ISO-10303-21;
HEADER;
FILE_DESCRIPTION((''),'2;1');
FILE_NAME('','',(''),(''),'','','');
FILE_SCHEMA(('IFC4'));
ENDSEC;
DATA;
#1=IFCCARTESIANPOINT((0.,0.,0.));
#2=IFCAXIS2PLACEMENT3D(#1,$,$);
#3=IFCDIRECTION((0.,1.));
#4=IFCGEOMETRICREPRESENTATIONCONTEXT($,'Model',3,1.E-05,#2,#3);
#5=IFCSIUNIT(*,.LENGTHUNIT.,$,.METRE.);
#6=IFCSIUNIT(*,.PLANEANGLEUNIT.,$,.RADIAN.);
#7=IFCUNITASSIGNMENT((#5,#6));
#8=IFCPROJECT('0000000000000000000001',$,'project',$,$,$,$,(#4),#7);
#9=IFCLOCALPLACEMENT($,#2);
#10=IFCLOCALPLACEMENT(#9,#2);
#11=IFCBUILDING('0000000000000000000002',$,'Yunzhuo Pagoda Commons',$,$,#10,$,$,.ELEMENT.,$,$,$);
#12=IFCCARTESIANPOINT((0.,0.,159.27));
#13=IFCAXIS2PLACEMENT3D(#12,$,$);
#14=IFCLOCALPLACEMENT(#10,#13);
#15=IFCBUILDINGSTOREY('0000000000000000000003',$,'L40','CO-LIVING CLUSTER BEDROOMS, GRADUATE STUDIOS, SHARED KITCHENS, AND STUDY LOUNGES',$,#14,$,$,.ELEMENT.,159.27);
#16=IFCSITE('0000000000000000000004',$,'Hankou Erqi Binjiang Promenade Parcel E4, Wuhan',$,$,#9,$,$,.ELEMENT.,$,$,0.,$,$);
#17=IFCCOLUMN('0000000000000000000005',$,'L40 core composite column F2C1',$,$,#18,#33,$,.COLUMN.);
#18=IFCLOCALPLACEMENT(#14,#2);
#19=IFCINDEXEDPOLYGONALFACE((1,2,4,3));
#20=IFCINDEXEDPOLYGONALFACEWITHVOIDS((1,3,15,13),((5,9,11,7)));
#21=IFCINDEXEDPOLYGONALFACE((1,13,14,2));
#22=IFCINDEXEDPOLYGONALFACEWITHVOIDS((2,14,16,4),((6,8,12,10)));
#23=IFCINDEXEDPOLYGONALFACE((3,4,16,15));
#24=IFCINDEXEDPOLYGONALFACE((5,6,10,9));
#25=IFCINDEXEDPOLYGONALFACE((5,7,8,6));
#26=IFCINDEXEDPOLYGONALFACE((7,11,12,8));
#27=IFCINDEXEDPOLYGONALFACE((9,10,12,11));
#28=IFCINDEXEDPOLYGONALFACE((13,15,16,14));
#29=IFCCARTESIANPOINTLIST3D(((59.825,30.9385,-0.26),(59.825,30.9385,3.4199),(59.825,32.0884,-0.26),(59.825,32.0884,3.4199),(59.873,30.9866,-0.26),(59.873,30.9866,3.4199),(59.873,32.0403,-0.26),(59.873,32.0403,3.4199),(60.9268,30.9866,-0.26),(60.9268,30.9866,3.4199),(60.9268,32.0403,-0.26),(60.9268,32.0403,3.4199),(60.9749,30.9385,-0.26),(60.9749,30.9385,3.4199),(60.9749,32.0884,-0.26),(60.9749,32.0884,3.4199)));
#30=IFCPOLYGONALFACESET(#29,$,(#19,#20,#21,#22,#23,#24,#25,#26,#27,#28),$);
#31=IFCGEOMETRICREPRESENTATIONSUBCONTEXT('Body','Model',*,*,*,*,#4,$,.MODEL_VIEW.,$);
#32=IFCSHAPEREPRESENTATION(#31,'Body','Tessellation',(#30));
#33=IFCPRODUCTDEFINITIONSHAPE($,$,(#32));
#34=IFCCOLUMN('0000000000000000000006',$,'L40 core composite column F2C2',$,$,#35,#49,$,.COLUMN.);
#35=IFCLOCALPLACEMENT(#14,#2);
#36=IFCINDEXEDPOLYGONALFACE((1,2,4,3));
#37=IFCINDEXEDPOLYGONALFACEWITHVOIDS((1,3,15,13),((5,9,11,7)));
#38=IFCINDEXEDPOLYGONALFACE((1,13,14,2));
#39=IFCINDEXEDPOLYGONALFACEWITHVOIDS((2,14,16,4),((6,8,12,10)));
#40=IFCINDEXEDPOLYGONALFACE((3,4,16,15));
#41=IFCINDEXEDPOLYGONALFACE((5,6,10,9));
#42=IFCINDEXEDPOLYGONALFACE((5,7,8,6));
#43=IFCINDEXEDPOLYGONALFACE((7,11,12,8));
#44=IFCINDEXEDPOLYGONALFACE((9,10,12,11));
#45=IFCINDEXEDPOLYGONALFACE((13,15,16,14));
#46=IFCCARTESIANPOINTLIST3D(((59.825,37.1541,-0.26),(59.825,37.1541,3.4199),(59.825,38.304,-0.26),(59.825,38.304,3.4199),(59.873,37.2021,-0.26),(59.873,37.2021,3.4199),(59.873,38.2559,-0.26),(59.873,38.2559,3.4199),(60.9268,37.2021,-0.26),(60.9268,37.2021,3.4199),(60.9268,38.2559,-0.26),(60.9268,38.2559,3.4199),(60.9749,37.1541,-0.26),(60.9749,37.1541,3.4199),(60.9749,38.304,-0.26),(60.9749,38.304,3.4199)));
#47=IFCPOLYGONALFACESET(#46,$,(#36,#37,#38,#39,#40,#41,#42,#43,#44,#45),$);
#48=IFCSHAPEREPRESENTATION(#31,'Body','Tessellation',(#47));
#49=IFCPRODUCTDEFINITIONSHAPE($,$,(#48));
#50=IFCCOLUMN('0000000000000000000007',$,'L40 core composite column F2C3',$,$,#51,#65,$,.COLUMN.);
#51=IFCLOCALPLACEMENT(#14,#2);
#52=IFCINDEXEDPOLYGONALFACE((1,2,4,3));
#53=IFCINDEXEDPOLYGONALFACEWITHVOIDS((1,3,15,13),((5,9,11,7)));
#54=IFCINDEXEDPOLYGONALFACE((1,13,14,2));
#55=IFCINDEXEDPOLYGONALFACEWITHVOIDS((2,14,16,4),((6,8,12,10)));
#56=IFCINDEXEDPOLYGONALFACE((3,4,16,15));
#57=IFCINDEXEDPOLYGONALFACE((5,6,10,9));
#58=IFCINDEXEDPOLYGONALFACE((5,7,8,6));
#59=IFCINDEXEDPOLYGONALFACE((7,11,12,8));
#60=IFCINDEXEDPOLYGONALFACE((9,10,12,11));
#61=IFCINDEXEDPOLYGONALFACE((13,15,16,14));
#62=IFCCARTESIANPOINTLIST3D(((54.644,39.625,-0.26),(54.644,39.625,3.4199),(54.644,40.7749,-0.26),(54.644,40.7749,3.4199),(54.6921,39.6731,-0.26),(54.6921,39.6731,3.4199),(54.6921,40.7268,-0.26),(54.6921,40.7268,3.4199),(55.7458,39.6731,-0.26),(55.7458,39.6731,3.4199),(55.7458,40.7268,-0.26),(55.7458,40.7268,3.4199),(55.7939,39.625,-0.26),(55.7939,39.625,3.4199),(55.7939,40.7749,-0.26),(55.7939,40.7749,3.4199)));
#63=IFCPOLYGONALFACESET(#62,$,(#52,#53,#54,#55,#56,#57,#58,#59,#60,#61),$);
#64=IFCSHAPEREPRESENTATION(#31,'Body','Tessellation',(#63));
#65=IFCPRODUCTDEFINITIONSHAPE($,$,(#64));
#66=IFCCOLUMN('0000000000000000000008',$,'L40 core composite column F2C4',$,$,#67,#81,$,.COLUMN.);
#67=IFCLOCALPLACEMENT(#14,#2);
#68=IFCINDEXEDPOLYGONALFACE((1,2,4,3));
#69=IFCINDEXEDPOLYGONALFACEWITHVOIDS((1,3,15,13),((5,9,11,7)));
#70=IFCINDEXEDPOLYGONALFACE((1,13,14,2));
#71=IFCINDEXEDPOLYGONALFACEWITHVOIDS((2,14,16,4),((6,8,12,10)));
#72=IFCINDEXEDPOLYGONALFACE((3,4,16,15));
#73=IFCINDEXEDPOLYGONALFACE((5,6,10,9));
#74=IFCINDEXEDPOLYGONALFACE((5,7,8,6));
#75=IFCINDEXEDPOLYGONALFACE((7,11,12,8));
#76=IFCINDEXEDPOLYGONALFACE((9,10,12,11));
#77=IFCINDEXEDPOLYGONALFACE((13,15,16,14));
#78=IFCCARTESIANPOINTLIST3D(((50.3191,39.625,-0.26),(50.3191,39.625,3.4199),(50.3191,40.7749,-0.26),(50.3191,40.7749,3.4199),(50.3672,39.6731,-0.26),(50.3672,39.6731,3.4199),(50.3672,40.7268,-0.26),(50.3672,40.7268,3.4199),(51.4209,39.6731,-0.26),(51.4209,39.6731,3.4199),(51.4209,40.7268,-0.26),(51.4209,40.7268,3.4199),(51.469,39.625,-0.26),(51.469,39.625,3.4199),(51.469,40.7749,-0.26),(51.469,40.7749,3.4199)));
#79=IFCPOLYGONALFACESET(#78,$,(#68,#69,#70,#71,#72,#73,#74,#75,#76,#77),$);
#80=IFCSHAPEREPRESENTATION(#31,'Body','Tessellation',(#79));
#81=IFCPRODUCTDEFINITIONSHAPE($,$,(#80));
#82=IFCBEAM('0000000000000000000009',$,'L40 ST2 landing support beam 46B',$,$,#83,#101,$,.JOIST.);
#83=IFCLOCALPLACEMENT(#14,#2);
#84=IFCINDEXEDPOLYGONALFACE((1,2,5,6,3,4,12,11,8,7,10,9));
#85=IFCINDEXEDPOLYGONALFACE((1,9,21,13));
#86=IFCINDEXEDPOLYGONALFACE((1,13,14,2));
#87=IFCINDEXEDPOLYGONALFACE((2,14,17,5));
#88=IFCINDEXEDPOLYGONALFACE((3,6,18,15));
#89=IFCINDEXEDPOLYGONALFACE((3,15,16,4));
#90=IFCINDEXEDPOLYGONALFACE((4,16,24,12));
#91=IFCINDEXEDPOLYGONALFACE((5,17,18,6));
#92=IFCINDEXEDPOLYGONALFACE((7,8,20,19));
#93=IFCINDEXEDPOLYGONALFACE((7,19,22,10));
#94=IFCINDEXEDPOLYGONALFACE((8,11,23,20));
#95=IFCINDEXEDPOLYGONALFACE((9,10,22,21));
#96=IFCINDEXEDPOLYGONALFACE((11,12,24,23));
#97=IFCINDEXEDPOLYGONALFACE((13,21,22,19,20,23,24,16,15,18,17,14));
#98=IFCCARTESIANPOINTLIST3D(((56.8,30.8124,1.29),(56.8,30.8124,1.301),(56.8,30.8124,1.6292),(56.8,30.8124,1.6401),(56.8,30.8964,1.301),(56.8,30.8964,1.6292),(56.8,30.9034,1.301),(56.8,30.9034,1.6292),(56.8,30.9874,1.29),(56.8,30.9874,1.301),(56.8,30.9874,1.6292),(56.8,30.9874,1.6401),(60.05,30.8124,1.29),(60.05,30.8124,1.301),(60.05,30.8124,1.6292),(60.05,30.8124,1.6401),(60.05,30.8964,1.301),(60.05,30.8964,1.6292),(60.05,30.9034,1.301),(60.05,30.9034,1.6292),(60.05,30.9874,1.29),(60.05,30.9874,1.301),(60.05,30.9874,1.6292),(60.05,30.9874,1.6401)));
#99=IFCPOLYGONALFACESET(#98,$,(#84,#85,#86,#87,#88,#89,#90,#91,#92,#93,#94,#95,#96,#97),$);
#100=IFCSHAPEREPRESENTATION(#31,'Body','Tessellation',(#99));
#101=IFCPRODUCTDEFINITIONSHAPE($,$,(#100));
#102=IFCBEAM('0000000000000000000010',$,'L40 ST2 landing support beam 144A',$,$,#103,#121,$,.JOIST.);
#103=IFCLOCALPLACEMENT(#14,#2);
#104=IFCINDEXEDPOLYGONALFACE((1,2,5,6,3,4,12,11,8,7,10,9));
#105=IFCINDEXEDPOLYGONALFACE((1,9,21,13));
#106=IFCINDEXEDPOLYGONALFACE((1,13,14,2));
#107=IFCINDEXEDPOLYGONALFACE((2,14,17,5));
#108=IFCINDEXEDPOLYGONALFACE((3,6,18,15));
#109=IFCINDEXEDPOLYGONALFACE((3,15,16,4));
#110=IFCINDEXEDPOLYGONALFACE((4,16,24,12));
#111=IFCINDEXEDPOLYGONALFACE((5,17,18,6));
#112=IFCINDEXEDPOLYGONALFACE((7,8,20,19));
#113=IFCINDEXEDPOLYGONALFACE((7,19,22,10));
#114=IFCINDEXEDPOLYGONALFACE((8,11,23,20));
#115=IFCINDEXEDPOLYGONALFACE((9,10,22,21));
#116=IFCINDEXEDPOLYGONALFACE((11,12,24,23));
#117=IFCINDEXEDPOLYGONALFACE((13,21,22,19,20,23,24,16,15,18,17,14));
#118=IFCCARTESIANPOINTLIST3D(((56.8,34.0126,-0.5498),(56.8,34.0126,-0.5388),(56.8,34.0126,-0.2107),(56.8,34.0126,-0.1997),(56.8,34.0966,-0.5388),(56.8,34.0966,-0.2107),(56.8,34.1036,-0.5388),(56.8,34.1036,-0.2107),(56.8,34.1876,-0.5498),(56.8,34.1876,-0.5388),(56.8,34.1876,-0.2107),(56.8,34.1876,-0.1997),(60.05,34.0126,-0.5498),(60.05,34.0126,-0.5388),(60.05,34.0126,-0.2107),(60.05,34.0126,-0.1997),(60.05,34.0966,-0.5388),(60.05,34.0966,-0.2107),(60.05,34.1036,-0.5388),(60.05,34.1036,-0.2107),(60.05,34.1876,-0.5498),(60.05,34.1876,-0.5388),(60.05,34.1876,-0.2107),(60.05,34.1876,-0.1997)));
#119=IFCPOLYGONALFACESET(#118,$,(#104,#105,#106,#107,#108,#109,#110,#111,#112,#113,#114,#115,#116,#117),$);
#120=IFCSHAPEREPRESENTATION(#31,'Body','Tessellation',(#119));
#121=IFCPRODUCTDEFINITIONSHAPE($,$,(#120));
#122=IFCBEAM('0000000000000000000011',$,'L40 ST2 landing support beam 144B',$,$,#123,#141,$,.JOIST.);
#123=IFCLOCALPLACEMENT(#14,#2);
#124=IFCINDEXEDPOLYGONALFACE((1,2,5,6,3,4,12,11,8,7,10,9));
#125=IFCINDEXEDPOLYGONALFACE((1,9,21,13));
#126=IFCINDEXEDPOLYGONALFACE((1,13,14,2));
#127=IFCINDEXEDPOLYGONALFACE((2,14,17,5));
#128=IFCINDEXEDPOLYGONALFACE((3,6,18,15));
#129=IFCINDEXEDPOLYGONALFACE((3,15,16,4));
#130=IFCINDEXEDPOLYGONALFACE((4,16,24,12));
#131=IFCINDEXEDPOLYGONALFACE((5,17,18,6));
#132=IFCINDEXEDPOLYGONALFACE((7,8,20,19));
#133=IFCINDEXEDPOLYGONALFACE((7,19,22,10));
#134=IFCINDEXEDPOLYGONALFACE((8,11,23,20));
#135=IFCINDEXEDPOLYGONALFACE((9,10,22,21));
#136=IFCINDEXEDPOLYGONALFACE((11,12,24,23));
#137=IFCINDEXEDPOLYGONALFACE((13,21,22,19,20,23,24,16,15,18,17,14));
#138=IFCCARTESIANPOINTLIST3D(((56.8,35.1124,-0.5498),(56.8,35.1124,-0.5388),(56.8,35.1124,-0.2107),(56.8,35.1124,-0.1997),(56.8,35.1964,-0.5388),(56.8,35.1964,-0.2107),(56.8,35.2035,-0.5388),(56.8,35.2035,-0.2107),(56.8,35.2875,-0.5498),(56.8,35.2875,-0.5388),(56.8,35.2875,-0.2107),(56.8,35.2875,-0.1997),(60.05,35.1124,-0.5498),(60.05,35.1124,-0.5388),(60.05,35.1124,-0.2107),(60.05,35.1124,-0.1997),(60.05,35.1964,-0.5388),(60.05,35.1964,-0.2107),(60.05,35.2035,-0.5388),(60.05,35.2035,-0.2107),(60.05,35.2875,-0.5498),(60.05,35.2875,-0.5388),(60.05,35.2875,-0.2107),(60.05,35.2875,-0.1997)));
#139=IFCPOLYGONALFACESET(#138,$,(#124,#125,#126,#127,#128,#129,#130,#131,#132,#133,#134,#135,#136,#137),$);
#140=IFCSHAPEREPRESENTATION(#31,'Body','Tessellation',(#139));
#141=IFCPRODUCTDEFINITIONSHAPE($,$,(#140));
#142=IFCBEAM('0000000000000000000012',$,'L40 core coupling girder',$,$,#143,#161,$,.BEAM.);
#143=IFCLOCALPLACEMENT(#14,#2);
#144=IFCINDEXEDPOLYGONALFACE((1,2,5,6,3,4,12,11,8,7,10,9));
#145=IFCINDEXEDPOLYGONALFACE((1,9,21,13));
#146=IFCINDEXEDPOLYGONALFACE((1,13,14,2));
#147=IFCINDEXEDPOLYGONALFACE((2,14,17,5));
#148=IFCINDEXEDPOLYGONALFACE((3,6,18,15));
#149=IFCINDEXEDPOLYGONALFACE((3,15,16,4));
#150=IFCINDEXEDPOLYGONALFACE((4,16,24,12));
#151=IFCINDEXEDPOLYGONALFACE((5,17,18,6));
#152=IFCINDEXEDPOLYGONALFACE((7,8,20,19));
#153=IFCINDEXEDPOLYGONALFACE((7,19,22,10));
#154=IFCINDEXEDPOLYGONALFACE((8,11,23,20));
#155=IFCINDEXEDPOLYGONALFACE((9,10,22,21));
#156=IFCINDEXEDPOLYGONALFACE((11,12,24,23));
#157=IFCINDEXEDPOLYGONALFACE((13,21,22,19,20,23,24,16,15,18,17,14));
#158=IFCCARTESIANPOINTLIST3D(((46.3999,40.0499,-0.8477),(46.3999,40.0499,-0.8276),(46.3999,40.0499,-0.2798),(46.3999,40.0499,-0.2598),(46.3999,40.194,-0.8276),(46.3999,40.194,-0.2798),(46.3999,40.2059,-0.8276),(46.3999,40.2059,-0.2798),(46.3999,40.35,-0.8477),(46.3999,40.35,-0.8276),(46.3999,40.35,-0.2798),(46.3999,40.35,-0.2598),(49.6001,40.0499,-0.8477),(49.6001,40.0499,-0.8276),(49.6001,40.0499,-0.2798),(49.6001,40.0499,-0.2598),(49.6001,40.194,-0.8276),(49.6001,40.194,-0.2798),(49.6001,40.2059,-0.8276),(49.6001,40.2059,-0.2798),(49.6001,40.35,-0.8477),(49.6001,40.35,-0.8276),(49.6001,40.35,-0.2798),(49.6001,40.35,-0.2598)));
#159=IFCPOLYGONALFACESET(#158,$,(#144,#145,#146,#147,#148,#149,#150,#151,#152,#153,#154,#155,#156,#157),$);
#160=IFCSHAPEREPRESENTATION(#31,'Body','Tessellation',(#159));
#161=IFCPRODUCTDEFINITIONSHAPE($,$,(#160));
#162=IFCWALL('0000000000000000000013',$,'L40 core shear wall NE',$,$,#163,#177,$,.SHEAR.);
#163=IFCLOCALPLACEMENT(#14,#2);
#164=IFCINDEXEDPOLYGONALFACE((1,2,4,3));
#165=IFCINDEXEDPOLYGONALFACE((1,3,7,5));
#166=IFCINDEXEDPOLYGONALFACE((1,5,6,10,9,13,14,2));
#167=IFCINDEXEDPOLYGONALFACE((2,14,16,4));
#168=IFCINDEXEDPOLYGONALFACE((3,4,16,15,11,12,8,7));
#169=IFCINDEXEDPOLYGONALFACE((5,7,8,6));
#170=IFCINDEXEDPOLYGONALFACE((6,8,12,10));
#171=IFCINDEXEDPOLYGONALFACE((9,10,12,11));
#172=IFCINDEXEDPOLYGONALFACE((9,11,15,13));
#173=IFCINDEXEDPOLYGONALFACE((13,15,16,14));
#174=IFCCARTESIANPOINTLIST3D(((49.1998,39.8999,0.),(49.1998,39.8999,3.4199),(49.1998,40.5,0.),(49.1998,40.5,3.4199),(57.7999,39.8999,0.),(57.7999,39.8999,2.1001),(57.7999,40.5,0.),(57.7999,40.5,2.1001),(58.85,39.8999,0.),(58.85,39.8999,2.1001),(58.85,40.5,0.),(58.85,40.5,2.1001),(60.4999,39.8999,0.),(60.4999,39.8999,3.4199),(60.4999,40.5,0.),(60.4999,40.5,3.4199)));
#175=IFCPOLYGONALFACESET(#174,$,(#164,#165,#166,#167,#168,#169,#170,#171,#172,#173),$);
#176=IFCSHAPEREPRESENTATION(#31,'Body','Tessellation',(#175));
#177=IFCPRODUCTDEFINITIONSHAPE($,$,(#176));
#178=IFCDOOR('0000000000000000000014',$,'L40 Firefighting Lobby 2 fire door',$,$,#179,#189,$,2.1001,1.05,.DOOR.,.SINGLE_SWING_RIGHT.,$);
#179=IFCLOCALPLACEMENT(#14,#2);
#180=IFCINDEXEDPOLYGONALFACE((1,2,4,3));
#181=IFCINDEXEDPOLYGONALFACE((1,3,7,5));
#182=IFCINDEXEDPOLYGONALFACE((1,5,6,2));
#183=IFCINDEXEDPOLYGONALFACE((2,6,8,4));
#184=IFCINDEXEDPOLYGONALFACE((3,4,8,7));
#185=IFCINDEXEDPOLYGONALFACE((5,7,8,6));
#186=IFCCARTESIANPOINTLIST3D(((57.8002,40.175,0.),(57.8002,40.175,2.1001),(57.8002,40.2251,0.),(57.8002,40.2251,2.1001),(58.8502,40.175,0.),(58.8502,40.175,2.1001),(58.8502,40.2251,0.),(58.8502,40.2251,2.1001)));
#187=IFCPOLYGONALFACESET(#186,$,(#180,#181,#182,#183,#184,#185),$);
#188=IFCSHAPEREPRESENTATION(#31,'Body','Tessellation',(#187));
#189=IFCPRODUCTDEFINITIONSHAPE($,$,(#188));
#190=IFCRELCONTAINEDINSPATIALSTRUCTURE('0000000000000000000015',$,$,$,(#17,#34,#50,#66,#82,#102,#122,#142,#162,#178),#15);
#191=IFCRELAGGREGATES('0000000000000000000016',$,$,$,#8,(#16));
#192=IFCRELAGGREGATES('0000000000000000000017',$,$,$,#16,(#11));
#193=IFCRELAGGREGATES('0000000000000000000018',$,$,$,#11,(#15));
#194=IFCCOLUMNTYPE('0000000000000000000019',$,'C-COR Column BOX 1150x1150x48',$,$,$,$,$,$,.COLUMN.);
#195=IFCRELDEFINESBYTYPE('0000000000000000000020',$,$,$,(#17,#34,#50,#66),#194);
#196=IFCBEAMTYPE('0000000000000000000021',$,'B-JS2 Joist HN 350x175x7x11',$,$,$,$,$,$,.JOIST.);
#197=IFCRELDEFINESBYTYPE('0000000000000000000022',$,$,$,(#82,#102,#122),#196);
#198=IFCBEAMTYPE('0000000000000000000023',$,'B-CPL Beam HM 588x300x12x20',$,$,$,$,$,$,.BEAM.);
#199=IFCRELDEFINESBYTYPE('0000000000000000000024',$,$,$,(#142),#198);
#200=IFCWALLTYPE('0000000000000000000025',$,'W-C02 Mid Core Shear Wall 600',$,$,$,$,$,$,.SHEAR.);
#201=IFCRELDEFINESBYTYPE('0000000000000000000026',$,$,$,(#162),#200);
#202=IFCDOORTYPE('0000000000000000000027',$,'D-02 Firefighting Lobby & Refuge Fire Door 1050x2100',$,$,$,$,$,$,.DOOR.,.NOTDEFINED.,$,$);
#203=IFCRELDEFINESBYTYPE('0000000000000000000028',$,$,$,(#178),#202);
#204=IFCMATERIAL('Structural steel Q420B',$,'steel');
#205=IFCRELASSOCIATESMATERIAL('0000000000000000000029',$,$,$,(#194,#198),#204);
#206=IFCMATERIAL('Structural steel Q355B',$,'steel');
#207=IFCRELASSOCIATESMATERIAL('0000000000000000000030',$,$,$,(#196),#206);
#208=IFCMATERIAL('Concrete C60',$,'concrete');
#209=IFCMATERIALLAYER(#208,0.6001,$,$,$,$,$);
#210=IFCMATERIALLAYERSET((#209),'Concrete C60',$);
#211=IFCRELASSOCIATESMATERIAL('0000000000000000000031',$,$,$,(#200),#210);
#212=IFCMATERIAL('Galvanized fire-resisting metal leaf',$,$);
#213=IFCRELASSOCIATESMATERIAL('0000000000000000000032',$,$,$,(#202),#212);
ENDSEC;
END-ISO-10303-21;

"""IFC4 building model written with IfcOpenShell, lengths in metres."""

from ifc_helpers import new_model, si_unit, direction, frame, frame_2d, origin, origin_2d, place, context, subcontext, project, spatial, rectangle, hollow_rectangle, i_section, extrude, source, transform, mapped, material, layer, layer_set, material_profile, profile_set, type_object, element, fill, save


model = new_model("IFC4")

# Units and contexts
model_context = context("Model", 3, precision=1e-05, world=origin(), true_north=direction((0.0, 1.0)))
body_context = subcontext(model_context, "Body", "Model", "MODEL_VIEW")
ifc_project = project(units=[si_unit("LENGTHUNIT", "METRE"), si_unit("PLANEANGLEUNIT", "RADIAN")], contexts=[model_context])

# Site, building, storey
site_placement = place(None, origin())
site = spatial("IfcSite", under=ifc_project, at=site_placement, Name="Hankou Erqi Binjiang Promenade Parcel E4, Wuhan", CompositionType="ELEMENT", RefElevation=0.0)
building_placement = place(site_placement, origin())
building = spatial("IfcBuilding", under=site, at=building_placement, Name="Yunzhuo Pagoda Commons", CompositionType="ELEMENT")
storey_placement = place(building_placement, frame((0.0, 0.0, 159.27)))
storey = spatial("IfcBuildingStorey", under=building, at=storey_placement, Name="L40", Description="CO-LIVING CLUSTER BEDROOMS, GRADUATE STUDIOS, SHARED KITCHENS, AND STUDY LOUNGES", CompositionType="ELEMENT", Elevation=159.27)

# Columns
ifc_material_1 = material(Name="Structural steel Q420B", Category="steel")
ifc_material_profile_1 = material_profile(ifc_material_1, hollow_rectangle(XDim=1.1499, YDim=1.1499, WallThickness=0.0481, at=origin_2d()), Name="Structural steel Q420B")
ifc_profile_set_1 = profile_set([ifc_material_profile_1], Name="Structural steel Q420B")
column_type = type_object("IfcColumnType", Name="C-COR Column BOX 1150x1150x48", PredefinedType="COLUMN", material=ifc_profile_set_1)
shared_shape_1 = source(origin(), body_context, "Body", "SweptSolid", [
    extrude(hollow_rectangle(XDim=1.1499, YDim=1.1499, WallThickness=0.0481, at=origin_2d()), origin(), (0.0, 0.0, 1.0), 3.6799),
])
for number, where, z_axis, x_axis, name in (
    (1, (60.3999, 31.5134, -0.26), (0.0, 0.0, 1.0), (1.0, 0.0, 0.0), "L40 core composite column F2C1"),
    (2, (60.3999, 37.729, -0.26), (0.0, 0.0, 1.0), (1.0, 0.0, 0.0), "L40 core composite column F2C2"),
    (3, (55.219, 40.2, -0.26), (0.0, 0.0, 1.0), (1.0, 0.0, 0.0), "L40 core composite column F2C3"),
    (4, (50.894, 40.2, -0.26), (0.0, 0.0, 1.0), (1.0, 0.0, 0.0), "L40 core composite column F2C4"),
):
    element("IfcColumn", number, at=place(storey_placement, frame(where, z_axis=z_axis, x_axis=x_axis)), inside=storey, type_object=column_type, Name=name, PredefinedType="COLUMN", context=body_context, shape_type="MappedRepresentation", body=[
        mapped(shared_shape_1, transform((0.0, 0.0, 0.0), scale=1.0)),
    ])

# Beams
ifc_material_2 = material(Name="Structural steel Q355B", Category="steel")
ifc_material_profile_2 = material_profile(ifc_material_2, i_section(OverallWidth=0.175, OverallDepth=0.3501, WebThickness=0.0071, FlangeThickness=0.011, at=origin_2d()), Name="Structural steel Q355B")
ifc_profile_set_2 = profile_set([ifc_material_profile_2], Name="Structural steel Q355B")
beam_type_1 = type_object("IfcBeamType", Name="B-JS2 Joist HN 350x175x7x11", PredefinedType="JOIST", material=ifc_profile_set_2)
shared_shape_2 = source(origin(), body_context, "Body", "SweptSolid", [
    extrude(i_section(OverallWidth=0.175, OverallDepth=0.3501, WebThickness=0.0071, FlangeThickness=0.011, at=origin_2d()), origin(), (0.0, 0.0, 1.0), 3.25),
])
for number, where, z_axis, x_axis, name in (
    (5, (56.8, 30.8999, 1.4651), (1.0, 0.0, 0.0), (0.0, 1.0, 0.0), "L40 ST2 landing support beam 46B"),
    (6, (56.8, 34.1001, -0.3748), (1.0, 0.0, 0.0), (0.0, 1.0, 0.0), "L40 ST2 landing support beam 144A"),
    (7, (56.8, 35.2, -0.3748), (1.0, 0.0, 0.0), (0.0, 1.0, 0.0), "L40 ST2 landing support beam 144B"),
):
    element("IfcBeam", number, at=place(storey_placement, frame(where, z_axis=z_axis, x_axis=x_axis)), inside=storey, type_object=beam_type_1, Name=name, PredefinedType="JOIST", context=body_context, shape_type="MappedRepresentation", body=[
        mapped(shared_shape_2, transform((0.0, 0.0, 0.0), scale=1.0)),
    ])
ifc_material_profile_3 = material_profile(ifc_material_1, i_section(OverallWidth=0.3, OverallDepth=0.5879, WebThickness=0.012, FlangeThickness=0.02, at=origin_2d()), Name="Structural steel Q420B")
ifc_profile_set_3 = profile_set([ifc_material_profile_3], Name="Structural steel Q420B")
beam_type_2 = type_object("IfcBeamType", Name="B-CPL Beam HM 588x300x12x20", PredefinedType="BEAM", material=ifc_profile_set_3)
shared_shape_3 = source(origin(), body_context, "Body", "SweptSolid", [
    extrude(i_section(OverallWidth=0.3, OverallDepth=0.5879, WebThickness=0.012, FlangeThickness=0.02, at=origin_2d()), origin(), (0.0, 0.0, 1.0), 3.2002),
])
beam_placement = place(storey_placement, frame((46.3999, 40.2, -0.5537), z_axis=(1.0, 0.0, 0.0), x_axis=(0.0, 1.0, 0.0)))
element("IfcBeam", 8, at=beam_placement, inside=storey, type_object=beam_type_2, Name="L40 core coupling girder", PredefinedType="BEAM", context=body_context, shape_type="MappedRepresentation", body=[
    mapped(shared_shape_3, transform((0.0, 0.0, 0.0), scale=1.0)),
])

# Wall, opening, door
ifc_material_3 = material(Name="Concrete C60", Category="concrete")
ifc_layer_1 = layer(ifc_material_3, 0.6001)
ifc_layer_set_1 = layer_set([ifc_layer_1], Name="Concrete C60")
wall_type_1 = type_object("IfcWallType", Name="W-C02 Mid Core Shear Wall 600", PredefinedType="SHEAR", material=ifc_layer_set_1)
wall_1_placement = place(storey_placement, frame((49.2, 40.2, 0.0), z_axis=(0.0, 0.0, 1.0), x_axis=(1.0, 0.0, 0.0)))
wall_1 = element("IfcWall", 9, at=wall_1_placement, inside=storey, type_object=wall_type_1, Name="L40 core shear wall NE", PredefinedType="SHEAR", context=body_context, shape_type="SweptSolid", body=[
    extrude(rectangle(XDim=11.3, YDim=0.6001, at=frame_2d((5.6499, 0.0))), origin(), (0.0, 0.0, 1.0), 3.4199),
])
opening_1_placement = place(wall_1_placement, frame((8.6001, 0.0, 0.0)))
opening_1 = element("IfcOpeningElement", 10, at=opening_1_placement, cuts=wall_1, PredefinedType="OPENING", context=body_context, shape_type="SweptSolid", body=[
    extrude(rectangle(XDim=1.05, YDim=2.1001, at=frame_2d((0.5249, 1.05))), frame((0.0, 0.3101, 0.0), z_axis=(0.0, -1.0, 0.0), x_axis=(1.0, 0.0, 0.0)), (0.0, 0.0, 1.0), 0.6201),
])
ifc_material_4 = material(Name="Galvanized fire-resisting metal leaf")
door_type_1 = type_object("IfcDoorType", Name="D-02 Firefighting Lobby & Refuge Fire Door 1050x2100", OperationType="NOTDEFINED", PredefinedType="DOOR", material=ifc_material_4)
shared_shape_4 = source(origin(), body_context, "Body", "SweptSolid", [
    extrude(rectangle(XDim=1.05, YDim=2.1001, at=frame_2d((0.5249, 1.05))), frame((0.0, 0.0249, 0.0), z_axis=(0.0, -1.0, 0.0), x_axis=(1.0, 0.0, 0.0)), (0.0, 0.0, 1.0), 0.05),
])
door_1_placement = place(opening_1_placement, frame((1.05, 0.0, 0.0), z_axis=(0.0, 0.0, 1.0), x_axis=(-1.0, 0.0, 0.0)))
door_1 = element("IfcDoor", 11, at=door_1_placement, inside=storey, type_object=door_type_1, Name="L40 Firefighting Lobby 2 fire door", OperationType="SINGLE_SWING_RIGHT", OverallHeight=2.1001, OverallWidth=1.05, PredefinedType="DOOR", context=body_context, shape_type="MappedRepresentation", body=[
    mapped(shared_shape_4, transform((0.0, 0.0, 0.0), scale=1.0)),
])
fill(opening_1, door_1)

save(model, "model.ifc")
